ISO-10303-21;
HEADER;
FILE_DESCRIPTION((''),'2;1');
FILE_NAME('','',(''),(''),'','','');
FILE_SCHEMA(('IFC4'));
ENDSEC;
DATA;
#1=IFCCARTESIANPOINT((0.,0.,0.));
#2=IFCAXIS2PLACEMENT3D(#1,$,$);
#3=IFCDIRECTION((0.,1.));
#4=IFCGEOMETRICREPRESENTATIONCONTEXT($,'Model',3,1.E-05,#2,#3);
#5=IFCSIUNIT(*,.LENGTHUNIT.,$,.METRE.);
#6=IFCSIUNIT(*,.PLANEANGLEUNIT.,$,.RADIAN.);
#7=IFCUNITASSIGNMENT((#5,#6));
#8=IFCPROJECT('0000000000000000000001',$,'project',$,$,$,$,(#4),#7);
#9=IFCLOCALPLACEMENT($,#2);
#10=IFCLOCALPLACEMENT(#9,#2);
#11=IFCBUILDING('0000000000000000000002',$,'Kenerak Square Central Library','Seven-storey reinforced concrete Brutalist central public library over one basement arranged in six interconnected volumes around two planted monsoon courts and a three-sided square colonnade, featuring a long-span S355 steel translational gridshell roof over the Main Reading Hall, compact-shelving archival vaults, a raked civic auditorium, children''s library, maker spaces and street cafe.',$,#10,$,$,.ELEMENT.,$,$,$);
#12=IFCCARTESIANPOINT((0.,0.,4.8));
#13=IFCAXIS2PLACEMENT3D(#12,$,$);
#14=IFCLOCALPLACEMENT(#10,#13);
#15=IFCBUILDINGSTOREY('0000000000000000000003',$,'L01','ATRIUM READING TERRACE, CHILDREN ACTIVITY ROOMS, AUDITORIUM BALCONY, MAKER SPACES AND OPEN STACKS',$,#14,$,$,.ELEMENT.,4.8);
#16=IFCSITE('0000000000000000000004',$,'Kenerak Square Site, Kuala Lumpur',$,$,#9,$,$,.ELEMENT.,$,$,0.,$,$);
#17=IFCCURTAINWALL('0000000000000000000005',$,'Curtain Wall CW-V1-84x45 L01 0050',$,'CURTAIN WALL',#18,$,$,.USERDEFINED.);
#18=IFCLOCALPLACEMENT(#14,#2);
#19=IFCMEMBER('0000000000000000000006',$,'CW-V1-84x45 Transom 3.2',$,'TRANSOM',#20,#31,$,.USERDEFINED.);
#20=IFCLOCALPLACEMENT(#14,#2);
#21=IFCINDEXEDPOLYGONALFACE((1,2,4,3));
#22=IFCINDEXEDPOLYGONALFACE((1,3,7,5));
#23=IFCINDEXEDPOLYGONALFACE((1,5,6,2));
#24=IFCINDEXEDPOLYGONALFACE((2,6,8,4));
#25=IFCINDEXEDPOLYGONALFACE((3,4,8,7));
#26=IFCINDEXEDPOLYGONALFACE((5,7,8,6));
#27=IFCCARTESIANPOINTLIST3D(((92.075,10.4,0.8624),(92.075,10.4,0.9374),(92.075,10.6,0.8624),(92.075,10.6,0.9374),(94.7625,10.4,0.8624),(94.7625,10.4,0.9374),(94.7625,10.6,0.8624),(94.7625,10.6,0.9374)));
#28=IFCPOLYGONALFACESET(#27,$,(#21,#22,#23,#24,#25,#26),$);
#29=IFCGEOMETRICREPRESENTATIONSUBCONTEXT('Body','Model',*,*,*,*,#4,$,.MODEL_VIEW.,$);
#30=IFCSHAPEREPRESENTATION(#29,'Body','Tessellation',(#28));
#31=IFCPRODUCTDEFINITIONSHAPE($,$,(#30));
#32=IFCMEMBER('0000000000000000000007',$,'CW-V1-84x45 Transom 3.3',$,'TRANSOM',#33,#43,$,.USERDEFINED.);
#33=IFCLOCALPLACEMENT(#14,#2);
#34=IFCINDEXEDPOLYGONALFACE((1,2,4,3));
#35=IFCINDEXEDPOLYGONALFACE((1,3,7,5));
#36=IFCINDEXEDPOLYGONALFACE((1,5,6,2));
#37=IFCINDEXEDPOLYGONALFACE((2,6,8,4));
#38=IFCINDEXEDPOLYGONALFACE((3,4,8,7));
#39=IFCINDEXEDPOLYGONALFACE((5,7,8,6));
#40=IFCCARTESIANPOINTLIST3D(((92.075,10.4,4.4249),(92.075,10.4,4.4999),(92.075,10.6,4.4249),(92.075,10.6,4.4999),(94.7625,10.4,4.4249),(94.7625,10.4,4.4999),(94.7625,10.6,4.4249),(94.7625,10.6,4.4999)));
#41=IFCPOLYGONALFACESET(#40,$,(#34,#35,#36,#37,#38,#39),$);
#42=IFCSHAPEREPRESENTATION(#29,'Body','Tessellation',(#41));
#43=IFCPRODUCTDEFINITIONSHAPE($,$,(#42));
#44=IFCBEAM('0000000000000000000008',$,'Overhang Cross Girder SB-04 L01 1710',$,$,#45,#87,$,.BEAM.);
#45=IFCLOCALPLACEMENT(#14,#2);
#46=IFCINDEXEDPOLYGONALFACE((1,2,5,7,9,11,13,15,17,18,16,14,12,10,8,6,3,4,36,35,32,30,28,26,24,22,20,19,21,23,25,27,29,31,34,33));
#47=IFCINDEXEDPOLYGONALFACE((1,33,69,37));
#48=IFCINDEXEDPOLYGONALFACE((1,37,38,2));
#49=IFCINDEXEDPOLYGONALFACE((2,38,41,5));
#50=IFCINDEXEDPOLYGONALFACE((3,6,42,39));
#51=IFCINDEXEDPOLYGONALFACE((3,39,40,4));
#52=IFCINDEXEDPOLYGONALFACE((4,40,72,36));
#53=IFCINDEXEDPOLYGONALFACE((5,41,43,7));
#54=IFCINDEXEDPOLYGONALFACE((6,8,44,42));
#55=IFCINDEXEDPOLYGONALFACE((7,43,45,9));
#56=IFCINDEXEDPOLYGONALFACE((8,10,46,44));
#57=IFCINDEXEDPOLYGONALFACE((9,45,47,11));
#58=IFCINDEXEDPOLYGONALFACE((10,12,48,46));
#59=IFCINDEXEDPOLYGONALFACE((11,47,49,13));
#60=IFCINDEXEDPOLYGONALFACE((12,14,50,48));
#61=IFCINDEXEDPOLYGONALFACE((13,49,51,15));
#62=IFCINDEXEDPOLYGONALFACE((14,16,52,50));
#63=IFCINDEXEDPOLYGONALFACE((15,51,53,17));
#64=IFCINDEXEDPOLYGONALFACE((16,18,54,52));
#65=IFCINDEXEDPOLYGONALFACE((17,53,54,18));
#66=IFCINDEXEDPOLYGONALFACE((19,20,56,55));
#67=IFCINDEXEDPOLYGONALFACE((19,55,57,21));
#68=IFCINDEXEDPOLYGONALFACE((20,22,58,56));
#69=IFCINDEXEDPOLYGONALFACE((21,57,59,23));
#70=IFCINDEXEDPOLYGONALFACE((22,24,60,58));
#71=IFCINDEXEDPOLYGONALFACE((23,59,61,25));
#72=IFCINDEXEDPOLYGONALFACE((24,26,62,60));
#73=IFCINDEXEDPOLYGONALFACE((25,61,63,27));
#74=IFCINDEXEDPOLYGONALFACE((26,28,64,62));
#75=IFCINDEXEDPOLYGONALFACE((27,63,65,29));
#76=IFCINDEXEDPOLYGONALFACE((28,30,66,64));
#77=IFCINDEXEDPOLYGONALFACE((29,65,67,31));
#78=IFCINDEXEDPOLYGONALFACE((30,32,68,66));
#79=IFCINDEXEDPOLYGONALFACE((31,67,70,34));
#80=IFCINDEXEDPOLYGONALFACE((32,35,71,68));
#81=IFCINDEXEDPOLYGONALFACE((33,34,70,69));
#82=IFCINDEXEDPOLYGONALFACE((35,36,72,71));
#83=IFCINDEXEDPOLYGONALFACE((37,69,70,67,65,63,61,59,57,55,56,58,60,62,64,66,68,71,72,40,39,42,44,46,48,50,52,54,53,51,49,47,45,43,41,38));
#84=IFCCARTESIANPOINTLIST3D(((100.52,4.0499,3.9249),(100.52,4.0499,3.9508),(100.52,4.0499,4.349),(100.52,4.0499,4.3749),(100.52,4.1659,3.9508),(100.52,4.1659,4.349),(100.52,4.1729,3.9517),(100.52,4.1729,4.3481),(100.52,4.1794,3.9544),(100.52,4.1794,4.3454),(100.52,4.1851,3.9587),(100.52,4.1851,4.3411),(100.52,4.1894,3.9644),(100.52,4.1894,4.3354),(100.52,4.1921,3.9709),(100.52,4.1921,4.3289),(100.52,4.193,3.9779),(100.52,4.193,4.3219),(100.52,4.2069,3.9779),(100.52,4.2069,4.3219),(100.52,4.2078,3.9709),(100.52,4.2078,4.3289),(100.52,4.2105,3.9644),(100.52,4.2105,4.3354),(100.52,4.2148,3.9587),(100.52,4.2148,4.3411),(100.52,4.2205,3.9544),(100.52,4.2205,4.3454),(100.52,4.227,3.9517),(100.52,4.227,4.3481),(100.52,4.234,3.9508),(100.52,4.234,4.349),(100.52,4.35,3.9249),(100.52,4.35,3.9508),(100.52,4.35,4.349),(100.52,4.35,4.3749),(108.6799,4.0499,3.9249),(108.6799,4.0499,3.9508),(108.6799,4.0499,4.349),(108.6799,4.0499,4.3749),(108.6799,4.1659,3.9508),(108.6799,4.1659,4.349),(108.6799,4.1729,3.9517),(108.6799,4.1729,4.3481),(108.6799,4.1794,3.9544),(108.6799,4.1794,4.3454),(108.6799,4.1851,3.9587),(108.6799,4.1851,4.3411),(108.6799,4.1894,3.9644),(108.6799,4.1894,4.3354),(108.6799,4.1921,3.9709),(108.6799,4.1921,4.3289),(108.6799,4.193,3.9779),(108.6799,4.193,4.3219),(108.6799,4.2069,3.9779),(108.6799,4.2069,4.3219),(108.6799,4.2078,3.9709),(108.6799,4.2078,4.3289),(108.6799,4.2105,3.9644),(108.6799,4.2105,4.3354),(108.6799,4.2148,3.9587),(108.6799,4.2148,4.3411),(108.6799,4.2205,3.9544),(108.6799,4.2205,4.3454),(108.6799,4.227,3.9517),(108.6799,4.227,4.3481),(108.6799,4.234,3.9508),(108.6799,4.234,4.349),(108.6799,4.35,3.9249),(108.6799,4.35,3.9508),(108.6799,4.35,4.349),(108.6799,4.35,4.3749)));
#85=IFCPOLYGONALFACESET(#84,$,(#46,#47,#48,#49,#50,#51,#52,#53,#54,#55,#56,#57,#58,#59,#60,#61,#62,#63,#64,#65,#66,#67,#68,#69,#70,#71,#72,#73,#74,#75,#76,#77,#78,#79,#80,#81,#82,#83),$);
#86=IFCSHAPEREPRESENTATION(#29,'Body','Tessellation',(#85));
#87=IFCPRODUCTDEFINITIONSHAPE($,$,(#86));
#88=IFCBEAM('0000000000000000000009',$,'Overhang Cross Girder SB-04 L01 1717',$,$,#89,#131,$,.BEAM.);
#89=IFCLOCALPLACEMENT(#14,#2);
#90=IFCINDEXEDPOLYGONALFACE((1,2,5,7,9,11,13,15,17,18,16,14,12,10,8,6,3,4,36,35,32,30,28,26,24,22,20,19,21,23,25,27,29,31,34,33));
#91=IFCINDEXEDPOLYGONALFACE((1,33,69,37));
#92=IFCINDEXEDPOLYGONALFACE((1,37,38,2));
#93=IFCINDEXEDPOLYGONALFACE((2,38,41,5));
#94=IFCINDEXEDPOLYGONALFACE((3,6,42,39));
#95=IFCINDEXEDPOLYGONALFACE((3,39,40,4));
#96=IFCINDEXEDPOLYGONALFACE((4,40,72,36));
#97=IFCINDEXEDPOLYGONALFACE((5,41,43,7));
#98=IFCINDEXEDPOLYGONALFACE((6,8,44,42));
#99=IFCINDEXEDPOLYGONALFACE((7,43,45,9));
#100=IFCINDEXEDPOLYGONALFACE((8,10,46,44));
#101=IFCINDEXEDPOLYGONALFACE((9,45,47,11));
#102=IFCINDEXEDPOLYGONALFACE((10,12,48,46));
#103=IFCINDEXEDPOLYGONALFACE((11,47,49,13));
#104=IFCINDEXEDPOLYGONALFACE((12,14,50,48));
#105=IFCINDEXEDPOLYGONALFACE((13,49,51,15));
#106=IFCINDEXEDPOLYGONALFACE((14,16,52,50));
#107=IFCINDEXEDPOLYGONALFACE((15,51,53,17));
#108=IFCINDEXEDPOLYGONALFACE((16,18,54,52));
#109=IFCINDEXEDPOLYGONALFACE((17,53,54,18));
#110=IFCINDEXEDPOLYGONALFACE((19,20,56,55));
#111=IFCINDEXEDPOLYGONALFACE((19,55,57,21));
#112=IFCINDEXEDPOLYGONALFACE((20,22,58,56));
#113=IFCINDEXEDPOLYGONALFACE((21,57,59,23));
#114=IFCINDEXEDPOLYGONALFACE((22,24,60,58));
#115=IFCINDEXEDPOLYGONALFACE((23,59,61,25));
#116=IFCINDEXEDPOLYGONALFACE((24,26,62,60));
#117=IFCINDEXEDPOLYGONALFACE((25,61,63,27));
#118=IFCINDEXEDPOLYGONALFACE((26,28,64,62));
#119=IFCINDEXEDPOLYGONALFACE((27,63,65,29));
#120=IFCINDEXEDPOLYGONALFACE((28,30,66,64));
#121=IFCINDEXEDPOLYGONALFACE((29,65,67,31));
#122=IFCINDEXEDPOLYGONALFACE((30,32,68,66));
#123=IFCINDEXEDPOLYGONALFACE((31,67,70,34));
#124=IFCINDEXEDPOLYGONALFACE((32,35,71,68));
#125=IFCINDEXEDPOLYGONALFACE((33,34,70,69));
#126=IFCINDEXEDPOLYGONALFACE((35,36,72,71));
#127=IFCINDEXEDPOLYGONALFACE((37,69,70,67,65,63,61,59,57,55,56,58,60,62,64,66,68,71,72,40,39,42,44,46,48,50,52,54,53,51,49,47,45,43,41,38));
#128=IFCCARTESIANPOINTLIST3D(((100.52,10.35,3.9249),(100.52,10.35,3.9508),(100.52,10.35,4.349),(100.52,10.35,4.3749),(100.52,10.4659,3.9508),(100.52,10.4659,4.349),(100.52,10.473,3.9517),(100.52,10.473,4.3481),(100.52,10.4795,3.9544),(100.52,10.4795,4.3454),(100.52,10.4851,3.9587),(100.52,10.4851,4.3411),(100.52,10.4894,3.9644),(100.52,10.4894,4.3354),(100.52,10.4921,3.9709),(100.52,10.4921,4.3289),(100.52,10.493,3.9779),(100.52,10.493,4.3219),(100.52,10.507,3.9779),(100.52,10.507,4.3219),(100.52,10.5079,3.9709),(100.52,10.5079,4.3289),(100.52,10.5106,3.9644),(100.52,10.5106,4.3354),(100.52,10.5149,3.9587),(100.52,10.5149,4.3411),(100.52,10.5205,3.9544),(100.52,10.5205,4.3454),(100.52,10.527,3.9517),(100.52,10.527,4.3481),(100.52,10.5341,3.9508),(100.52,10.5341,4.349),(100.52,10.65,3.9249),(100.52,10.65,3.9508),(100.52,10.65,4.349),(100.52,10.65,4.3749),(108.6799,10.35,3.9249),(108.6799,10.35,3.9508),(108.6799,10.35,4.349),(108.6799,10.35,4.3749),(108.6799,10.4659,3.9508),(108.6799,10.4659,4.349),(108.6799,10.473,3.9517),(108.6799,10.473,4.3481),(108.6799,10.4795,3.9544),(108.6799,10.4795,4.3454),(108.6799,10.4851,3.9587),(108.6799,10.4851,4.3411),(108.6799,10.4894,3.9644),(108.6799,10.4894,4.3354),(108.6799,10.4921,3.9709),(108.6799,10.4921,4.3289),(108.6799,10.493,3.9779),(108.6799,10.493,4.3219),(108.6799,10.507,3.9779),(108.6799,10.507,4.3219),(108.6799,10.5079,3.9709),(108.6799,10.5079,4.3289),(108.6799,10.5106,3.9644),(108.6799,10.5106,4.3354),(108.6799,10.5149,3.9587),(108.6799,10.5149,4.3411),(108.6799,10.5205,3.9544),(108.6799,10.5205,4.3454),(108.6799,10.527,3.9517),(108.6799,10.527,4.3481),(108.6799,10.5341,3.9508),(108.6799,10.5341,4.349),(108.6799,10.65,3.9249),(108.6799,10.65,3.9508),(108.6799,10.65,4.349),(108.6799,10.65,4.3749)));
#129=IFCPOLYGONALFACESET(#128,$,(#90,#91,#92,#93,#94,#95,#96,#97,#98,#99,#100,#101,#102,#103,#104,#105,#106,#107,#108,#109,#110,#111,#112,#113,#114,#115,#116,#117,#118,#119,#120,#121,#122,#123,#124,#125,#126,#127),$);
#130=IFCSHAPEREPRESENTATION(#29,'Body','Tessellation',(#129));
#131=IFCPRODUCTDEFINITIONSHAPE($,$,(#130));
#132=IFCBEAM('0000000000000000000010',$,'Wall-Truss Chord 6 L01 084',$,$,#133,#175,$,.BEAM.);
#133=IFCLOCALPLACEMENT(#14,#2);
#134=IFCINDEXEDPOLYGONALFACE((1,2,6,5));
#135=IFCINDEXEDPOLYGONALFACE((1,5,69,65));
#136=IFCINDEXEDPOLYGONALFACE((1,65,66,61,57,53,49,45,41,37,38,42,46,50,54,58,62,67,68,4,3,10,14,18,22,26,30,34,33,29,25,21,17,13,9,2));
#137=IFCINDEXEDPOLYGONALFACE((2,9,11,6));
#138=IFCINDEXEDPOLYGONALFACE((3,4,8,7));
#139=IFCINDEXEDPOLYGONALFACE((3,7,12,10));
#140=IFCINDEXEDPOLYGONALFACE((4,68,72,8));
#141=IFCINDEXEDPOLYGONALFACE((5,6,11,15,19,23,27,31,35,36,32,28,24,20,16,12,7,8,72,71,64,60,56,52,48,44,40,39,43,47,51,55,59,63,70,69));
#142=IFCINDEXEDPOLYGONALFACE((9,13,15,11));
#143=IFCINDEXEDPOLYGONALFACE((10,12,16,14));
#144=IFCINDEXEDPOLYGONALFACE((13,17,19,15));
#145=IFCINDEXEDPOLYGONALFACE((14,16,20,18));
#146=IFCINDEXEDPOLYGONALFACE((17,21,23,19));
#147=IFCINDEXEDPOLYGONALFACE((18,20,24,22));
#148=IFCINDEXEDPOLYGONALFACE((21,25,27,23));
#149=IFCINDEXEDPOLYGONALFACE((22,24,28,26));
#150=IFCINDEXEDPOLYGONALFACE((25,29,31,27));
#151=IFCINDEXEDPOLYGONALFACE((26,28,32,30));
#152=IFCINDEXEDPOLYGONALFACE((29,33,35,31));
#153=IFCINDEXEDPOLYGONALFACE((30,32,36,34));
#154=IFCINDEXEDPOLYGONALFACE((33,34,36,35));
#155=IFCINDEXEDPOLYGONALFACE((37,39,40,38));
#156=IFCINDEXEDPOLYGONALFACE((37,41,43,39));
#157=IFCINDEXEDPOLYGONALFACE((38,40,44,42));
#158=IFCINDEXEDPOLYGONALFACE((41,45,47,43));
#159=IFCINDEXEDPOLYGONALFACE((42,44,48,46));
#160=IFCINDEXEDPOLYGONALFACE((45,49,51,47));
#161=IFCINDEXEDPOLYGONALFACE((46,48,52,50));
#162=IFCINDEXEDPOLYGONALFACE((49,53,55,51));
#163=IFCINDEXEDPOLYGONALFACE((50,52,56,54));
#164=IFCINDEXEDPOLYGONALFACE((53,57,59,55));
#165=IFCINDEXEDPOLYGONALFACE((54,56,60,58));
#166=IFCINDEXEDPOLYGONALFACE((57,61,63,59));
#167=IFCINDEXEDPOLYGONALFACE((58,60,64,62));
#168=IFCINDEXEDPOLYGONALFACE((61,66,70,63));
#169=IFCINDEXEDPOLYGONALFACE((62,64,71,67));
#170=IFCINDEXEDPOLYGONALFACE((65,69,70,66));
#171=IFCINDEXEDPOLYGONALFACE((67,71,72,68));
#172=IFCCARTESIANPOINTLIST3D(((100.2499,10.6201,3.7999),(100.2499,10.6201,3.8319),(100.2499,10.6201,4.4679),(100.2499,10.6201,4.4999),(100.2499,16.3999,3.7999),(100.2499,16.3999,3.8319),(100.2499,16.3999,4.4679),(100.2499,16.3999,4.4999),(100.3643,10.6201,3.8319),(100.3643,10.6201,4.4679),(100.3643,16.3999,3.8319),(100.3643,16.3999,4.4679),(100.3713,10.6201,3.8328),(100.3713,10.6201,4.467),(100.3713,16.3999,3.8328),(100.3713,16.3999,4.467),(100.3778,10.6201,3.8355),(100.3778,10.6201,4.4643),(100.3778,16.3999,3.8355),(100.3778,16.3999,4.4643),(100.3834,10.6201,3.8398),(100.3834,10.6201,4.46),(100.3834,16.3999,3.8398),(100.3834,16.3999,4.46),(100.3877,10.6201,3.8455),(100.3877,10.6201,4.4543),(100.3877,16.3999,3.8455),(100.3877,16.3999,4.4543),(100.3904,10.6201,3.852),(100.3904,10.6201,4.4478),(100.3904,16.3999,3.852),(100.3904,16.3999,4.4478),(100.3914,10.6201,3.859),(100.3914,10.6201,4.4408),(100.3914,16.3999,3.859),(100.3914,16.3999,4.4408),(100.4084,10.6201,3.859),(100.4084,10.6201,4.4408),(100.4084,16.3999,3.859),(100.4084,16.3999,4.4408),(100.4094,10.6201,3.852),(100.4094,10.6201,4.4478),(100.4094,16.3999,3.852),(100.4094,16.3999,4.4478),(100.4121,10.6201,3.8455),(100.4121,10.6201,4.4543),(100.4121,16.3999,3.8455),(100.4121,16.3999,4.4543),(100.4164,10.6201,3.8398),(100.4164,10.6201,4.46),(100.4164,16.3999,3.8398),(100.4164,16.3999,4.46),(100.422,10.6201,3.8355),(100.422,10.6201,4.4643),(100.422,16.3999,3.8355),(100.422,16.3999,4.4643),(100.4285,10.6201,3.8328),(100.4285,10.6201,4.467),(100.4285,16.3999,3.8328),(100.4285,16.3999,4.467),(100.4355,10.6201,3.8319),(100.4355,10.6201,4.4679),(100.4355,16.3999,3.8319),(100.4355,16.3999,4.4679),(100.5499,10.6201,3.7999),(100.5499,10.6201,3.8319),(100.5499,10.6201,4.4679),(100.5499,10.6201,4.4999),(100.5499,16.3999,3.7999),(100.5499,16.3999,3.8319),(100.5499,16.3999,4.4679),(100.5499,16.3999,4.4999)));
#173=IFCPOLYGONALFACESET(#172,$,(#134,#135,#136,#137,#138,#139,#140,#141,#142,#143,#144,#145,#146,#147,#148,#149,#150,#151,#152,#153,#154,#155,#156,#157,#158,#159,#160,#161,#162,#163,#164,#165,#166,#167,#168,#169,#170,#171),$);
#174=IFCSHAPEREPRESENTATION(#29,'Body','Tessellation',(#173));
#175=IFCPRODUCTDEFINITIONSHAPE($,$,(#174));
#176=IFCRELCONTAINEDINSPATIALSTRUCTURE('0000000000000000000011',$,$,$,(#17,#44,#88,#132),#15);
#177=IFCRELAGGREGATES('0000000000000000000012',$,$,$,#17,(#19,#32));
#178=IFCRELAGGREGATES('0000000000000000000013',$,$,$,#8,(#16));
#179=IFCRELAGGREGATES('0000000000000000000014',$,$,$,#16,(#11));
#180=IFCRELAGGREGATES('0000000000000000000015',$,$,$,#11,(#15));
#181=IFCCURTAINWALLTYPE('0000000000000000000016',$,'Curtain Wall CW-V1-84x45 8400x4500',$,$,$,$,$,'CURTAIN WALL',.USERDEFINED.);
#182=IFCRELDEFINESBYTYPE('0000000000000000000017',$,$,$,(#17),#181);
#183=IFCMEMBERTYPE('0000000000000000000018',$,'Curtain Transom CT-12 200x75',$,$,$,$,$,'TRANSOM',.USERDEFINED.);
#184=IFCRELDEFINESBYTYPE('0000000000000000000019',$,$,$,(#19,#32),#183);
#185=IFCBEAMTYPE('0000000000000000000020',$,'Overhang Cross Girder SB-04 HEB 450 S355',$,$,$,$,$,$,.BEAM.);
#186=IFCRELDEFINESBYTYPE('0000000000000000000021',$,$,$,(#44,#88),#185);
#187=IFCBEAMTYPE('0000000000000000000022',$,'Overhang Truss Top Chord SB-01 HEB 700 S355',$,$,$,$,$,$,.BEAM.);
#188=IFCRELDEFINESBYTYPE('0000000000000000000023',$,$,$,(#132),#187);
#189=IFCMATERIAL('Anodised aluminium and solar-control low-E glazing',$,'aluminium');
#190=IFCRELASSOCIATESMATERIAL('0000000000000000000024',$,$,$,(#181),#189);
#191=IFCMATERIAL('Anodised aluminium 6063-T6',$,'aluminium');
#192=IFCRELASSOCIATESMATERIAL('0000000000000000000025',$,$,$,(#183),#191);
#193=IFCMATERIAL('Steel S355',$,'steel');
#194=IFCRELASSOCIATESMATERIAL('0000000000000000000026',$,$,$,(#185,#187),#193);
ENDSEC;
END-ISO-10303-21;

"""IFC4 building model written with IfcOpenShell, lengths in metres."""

from ifc_helpers import new_model, si_unit, direction, frame, origin, origin_2d, place, context, subcontext, project, spatial, rectangle, i_section, extrude, material, material_profile, profile_set, type_object, element, aggregate, save


model = new_model("IFC4")

# Units and contexts
model_context = context("Model", 3, precision=1e-05, world=origin(), true_north=direction((0.0, 1.0)))
body_context = subcontext(model_context, "Body", "Model", "MODEL_VIEW")
ifc_project = project(units=[si_unit("LENGTHUNIT", "METRE"), si_unit("PLANEANGLEUNIT", "RADIAN")], contexts=[model_context])

# Site, building, storey
site_placement = place(None, origin())
site = spatial("IfcSite", under=ifc_project, at=site_placement, Name="Kenerak Square Site, Kuala Lumpur", CompositionType="ELEMENT", RefElevation=0.0)
building_placement = place(site_placement, origin())
building = spatial("IfcBuilding", under=site, at=building_placement, Name="Kenerak Square Central Library", Description="Seven-storey reinforced concrete Brutalist central public library over one basement arranged in six interconnected volumes around two planted monsoon courts and a three-sided square colonnade, featuring a long-span S355 steel translational gridshell roof over the Main Reading Hall, compact-shelving archival vaults, a raked civic auditorium, children's library, maker spaces and street cafe.", CompositionType="ELEMENT")
storey_placement = place(building_placement, frame((0.0, 0.0, 4.8)))
storey = spatial("IfcBuildingStorey", under=building, at=storey_placement, Name="L01", Description="ATRIUM READING TERRACE, CHILDREN ACTIVITY ROOMS, AUDITORIUM BALCONY, MAKER SPACES AND OPEN STACKS", CompositionType="ELEMENT", Elevation=4.8)

# Shared definitions
ifc_material_1 = material(Name="Anodised aluminium and solar-control low-E glazing", Category="aluminium")
curtain_wall_type = type_object("IfcCurtainWallType", Name="Curtain Wall CW-V1-84x45 8400x4500", ElementType="CURTAIN WALL", PredefinedType="USERDEFINED", material=ifc_material_1)
ifc_material_2 = material(Name="Anodised aluminium 6063-T6", Category="aluminium")

# Curtain wall, members
curtain_wall_1_placement = place(storey_placement, origin())
curtain_wall_1 = element("IfcCurtainWall", 1, at=curtain_wall_1_placement, inside=storey, type_object=curtain_wall_type, Name="Curtain Wall CW-V1-84x45 L01 0050", ObjectType="CURTAIN WALL", PredefinedType="USERDEFINED")
ifc_material_profile_1 = material_profile(ifc_material_2, rectangle(XDim=0.2, YDim=0.075, at=origin_2d()), Name="AL TRANSOM 200x75")
ifc_profile_set_1 = profile_set([ifc_material_profile_1], Name="Anodised aluminium 6063-T6")
member_type_1 = type_object("IfcMemberType", Name="Curtain Transom CT-12 200x75", ElementType="TRANSOM", PredefinedType="USERDEFINED", material=ifc_profile_set_1)
member_1_placement = place(storey_placement, frame((94.7625, 10.5, 0.8999), z_axis=(-1.0, 0.0, 0.0), x_axis=(0.0, -1.0, 0.0)))
member_1 = element("IfcMember", 2, at=member_1_placement, type_object=member_type_1, Name="CW-V1-84x45 Transom 3.2", ObjectType="TRANSOM", PredefinedType="USERDEFINED", context=body_context, shape_type="SweptSolid", body=[
    extrude(rectangle(XDim=0.2, YDim=0.075, at=origin_2d()), origin(), (0.0, 0.0, 1.0), 2.6875),
])
member_2_placement = place(storey_placement, frame((94.7625, 10.5, 4.4624), z_axis=(-1.0, 0.0, 0.0), x_axis=(0.0, -1.0, 0.0)))
member_2 = element("IfcMember", 3, at=member_2_placement, type_object=member_type_1, Name="CW-V1-84x45 Transom 3.3", ObjectType="TRANSOM", PredefinedType="USERDEFINED", context=body_context, shape_type="SweptSolid", body=[
    extrude(rectangle(XDim=0.2, YDim=0.075, at=origin_2d()), origin(), (0.0, 0.0, 1.0), 2.6875),
])

# Beams
ifc_material_3 = material(Name="Steel S355", Category="steel")
ifc_material_profile_2 = material_profile(ifc_material_3, i_section(OverallWidth=0.3, OverallDepth=0.45, WebThickness=0.0139, FlangeThickness=0.0259, FilletRadius=0.0271, at=origin_2d()), Name="HEB 450")
ifc_profile_set_2 = profile_set([ifc_material_profile_2], Name="Steel S355")
beam_type_1 = type_object("IfcBeamType", Name="Overhang Cross Girder SB-04 HEB 450 S355", PredefinedType="BEAM", material=ifc_profile_set_2)
for number, where, z_axis, x_axis, name in (
    (4, (100.52, 4.2, 4.1499), (1.0, 0.0, 0.0), (0.0, 1.0, 0.0), "Overhang Cross Girder SB-04 L01 1710"),
    (5, (100.52, 10.5, 4.1499), (1.0, 0.0, 0.0), (0.0, 1.0, 0.0), "Overhang Cross Girder SB-04 L01 1717"),
):
    element("IfcBeam", number, at=place(storey_placement, frame(where, z_axis=z_axis, x_axis=x_axis)), inside=storey, type_object=beam_type_1, Name=name, PredefinedType="BEAM", context=body_context, shape_type="SweptSolid", body=[
        extrude(i_section(OverallWidth=0.3, OverallDepth=0.45, WebThickness=0.0139, FlangeThickness=0.0259, FilletRadius=0.0271, at=origin_2d()), origin(), (0.0, 0.0, 1.0), 8.1599),
    ])
ifc_material_profile_3 = material_profile(ifc_material_3, i_section(OverallWidth=0.3, OverallDepth=0.7, WebThickness=0.0171, FlangeThickness=0.032, FilletRadius=0.0271, at=origin_2d()), Name="HEB 700")
ifc_profile_set_3 = profile_set([ifc_material_profile_3], Name="Steel S355")
beam_type_2 = type_object("IfcBeamType", Name="Overhang Truss Top Chord SB-01 HEB 700 S355", PredefinedType="BEAM", material=ifc_profile_set_3)
beam_placement = place(storey_placement, frame((100.3999, 10.6201, 4.1499), z_axis=(0.0, 1.0, 0.0), x_axis=(-1.0, 0.0, 0.0)))
element("IfcBeam", 6, at=beam_placement, inside=storey, type_object=beam_type_2, Name="Wall-Truss Chord 6 L01 084", PredefinedType="BEAM", context=body_context, shape_type="SweptSolid", body=[
    extrude(i_section(OverallWidth=0.3, OverallDepth=0.7, WebThickness=0.0171, FlangeThickness=0.032, FilletRadius=0.0271, at=origin_2d()), origin(), (0.0, 0.0, 1.0), 5.7798),
])

aggregate(curtain_wall_1, [member_1, member_2])

save(model, "model.ifc")
